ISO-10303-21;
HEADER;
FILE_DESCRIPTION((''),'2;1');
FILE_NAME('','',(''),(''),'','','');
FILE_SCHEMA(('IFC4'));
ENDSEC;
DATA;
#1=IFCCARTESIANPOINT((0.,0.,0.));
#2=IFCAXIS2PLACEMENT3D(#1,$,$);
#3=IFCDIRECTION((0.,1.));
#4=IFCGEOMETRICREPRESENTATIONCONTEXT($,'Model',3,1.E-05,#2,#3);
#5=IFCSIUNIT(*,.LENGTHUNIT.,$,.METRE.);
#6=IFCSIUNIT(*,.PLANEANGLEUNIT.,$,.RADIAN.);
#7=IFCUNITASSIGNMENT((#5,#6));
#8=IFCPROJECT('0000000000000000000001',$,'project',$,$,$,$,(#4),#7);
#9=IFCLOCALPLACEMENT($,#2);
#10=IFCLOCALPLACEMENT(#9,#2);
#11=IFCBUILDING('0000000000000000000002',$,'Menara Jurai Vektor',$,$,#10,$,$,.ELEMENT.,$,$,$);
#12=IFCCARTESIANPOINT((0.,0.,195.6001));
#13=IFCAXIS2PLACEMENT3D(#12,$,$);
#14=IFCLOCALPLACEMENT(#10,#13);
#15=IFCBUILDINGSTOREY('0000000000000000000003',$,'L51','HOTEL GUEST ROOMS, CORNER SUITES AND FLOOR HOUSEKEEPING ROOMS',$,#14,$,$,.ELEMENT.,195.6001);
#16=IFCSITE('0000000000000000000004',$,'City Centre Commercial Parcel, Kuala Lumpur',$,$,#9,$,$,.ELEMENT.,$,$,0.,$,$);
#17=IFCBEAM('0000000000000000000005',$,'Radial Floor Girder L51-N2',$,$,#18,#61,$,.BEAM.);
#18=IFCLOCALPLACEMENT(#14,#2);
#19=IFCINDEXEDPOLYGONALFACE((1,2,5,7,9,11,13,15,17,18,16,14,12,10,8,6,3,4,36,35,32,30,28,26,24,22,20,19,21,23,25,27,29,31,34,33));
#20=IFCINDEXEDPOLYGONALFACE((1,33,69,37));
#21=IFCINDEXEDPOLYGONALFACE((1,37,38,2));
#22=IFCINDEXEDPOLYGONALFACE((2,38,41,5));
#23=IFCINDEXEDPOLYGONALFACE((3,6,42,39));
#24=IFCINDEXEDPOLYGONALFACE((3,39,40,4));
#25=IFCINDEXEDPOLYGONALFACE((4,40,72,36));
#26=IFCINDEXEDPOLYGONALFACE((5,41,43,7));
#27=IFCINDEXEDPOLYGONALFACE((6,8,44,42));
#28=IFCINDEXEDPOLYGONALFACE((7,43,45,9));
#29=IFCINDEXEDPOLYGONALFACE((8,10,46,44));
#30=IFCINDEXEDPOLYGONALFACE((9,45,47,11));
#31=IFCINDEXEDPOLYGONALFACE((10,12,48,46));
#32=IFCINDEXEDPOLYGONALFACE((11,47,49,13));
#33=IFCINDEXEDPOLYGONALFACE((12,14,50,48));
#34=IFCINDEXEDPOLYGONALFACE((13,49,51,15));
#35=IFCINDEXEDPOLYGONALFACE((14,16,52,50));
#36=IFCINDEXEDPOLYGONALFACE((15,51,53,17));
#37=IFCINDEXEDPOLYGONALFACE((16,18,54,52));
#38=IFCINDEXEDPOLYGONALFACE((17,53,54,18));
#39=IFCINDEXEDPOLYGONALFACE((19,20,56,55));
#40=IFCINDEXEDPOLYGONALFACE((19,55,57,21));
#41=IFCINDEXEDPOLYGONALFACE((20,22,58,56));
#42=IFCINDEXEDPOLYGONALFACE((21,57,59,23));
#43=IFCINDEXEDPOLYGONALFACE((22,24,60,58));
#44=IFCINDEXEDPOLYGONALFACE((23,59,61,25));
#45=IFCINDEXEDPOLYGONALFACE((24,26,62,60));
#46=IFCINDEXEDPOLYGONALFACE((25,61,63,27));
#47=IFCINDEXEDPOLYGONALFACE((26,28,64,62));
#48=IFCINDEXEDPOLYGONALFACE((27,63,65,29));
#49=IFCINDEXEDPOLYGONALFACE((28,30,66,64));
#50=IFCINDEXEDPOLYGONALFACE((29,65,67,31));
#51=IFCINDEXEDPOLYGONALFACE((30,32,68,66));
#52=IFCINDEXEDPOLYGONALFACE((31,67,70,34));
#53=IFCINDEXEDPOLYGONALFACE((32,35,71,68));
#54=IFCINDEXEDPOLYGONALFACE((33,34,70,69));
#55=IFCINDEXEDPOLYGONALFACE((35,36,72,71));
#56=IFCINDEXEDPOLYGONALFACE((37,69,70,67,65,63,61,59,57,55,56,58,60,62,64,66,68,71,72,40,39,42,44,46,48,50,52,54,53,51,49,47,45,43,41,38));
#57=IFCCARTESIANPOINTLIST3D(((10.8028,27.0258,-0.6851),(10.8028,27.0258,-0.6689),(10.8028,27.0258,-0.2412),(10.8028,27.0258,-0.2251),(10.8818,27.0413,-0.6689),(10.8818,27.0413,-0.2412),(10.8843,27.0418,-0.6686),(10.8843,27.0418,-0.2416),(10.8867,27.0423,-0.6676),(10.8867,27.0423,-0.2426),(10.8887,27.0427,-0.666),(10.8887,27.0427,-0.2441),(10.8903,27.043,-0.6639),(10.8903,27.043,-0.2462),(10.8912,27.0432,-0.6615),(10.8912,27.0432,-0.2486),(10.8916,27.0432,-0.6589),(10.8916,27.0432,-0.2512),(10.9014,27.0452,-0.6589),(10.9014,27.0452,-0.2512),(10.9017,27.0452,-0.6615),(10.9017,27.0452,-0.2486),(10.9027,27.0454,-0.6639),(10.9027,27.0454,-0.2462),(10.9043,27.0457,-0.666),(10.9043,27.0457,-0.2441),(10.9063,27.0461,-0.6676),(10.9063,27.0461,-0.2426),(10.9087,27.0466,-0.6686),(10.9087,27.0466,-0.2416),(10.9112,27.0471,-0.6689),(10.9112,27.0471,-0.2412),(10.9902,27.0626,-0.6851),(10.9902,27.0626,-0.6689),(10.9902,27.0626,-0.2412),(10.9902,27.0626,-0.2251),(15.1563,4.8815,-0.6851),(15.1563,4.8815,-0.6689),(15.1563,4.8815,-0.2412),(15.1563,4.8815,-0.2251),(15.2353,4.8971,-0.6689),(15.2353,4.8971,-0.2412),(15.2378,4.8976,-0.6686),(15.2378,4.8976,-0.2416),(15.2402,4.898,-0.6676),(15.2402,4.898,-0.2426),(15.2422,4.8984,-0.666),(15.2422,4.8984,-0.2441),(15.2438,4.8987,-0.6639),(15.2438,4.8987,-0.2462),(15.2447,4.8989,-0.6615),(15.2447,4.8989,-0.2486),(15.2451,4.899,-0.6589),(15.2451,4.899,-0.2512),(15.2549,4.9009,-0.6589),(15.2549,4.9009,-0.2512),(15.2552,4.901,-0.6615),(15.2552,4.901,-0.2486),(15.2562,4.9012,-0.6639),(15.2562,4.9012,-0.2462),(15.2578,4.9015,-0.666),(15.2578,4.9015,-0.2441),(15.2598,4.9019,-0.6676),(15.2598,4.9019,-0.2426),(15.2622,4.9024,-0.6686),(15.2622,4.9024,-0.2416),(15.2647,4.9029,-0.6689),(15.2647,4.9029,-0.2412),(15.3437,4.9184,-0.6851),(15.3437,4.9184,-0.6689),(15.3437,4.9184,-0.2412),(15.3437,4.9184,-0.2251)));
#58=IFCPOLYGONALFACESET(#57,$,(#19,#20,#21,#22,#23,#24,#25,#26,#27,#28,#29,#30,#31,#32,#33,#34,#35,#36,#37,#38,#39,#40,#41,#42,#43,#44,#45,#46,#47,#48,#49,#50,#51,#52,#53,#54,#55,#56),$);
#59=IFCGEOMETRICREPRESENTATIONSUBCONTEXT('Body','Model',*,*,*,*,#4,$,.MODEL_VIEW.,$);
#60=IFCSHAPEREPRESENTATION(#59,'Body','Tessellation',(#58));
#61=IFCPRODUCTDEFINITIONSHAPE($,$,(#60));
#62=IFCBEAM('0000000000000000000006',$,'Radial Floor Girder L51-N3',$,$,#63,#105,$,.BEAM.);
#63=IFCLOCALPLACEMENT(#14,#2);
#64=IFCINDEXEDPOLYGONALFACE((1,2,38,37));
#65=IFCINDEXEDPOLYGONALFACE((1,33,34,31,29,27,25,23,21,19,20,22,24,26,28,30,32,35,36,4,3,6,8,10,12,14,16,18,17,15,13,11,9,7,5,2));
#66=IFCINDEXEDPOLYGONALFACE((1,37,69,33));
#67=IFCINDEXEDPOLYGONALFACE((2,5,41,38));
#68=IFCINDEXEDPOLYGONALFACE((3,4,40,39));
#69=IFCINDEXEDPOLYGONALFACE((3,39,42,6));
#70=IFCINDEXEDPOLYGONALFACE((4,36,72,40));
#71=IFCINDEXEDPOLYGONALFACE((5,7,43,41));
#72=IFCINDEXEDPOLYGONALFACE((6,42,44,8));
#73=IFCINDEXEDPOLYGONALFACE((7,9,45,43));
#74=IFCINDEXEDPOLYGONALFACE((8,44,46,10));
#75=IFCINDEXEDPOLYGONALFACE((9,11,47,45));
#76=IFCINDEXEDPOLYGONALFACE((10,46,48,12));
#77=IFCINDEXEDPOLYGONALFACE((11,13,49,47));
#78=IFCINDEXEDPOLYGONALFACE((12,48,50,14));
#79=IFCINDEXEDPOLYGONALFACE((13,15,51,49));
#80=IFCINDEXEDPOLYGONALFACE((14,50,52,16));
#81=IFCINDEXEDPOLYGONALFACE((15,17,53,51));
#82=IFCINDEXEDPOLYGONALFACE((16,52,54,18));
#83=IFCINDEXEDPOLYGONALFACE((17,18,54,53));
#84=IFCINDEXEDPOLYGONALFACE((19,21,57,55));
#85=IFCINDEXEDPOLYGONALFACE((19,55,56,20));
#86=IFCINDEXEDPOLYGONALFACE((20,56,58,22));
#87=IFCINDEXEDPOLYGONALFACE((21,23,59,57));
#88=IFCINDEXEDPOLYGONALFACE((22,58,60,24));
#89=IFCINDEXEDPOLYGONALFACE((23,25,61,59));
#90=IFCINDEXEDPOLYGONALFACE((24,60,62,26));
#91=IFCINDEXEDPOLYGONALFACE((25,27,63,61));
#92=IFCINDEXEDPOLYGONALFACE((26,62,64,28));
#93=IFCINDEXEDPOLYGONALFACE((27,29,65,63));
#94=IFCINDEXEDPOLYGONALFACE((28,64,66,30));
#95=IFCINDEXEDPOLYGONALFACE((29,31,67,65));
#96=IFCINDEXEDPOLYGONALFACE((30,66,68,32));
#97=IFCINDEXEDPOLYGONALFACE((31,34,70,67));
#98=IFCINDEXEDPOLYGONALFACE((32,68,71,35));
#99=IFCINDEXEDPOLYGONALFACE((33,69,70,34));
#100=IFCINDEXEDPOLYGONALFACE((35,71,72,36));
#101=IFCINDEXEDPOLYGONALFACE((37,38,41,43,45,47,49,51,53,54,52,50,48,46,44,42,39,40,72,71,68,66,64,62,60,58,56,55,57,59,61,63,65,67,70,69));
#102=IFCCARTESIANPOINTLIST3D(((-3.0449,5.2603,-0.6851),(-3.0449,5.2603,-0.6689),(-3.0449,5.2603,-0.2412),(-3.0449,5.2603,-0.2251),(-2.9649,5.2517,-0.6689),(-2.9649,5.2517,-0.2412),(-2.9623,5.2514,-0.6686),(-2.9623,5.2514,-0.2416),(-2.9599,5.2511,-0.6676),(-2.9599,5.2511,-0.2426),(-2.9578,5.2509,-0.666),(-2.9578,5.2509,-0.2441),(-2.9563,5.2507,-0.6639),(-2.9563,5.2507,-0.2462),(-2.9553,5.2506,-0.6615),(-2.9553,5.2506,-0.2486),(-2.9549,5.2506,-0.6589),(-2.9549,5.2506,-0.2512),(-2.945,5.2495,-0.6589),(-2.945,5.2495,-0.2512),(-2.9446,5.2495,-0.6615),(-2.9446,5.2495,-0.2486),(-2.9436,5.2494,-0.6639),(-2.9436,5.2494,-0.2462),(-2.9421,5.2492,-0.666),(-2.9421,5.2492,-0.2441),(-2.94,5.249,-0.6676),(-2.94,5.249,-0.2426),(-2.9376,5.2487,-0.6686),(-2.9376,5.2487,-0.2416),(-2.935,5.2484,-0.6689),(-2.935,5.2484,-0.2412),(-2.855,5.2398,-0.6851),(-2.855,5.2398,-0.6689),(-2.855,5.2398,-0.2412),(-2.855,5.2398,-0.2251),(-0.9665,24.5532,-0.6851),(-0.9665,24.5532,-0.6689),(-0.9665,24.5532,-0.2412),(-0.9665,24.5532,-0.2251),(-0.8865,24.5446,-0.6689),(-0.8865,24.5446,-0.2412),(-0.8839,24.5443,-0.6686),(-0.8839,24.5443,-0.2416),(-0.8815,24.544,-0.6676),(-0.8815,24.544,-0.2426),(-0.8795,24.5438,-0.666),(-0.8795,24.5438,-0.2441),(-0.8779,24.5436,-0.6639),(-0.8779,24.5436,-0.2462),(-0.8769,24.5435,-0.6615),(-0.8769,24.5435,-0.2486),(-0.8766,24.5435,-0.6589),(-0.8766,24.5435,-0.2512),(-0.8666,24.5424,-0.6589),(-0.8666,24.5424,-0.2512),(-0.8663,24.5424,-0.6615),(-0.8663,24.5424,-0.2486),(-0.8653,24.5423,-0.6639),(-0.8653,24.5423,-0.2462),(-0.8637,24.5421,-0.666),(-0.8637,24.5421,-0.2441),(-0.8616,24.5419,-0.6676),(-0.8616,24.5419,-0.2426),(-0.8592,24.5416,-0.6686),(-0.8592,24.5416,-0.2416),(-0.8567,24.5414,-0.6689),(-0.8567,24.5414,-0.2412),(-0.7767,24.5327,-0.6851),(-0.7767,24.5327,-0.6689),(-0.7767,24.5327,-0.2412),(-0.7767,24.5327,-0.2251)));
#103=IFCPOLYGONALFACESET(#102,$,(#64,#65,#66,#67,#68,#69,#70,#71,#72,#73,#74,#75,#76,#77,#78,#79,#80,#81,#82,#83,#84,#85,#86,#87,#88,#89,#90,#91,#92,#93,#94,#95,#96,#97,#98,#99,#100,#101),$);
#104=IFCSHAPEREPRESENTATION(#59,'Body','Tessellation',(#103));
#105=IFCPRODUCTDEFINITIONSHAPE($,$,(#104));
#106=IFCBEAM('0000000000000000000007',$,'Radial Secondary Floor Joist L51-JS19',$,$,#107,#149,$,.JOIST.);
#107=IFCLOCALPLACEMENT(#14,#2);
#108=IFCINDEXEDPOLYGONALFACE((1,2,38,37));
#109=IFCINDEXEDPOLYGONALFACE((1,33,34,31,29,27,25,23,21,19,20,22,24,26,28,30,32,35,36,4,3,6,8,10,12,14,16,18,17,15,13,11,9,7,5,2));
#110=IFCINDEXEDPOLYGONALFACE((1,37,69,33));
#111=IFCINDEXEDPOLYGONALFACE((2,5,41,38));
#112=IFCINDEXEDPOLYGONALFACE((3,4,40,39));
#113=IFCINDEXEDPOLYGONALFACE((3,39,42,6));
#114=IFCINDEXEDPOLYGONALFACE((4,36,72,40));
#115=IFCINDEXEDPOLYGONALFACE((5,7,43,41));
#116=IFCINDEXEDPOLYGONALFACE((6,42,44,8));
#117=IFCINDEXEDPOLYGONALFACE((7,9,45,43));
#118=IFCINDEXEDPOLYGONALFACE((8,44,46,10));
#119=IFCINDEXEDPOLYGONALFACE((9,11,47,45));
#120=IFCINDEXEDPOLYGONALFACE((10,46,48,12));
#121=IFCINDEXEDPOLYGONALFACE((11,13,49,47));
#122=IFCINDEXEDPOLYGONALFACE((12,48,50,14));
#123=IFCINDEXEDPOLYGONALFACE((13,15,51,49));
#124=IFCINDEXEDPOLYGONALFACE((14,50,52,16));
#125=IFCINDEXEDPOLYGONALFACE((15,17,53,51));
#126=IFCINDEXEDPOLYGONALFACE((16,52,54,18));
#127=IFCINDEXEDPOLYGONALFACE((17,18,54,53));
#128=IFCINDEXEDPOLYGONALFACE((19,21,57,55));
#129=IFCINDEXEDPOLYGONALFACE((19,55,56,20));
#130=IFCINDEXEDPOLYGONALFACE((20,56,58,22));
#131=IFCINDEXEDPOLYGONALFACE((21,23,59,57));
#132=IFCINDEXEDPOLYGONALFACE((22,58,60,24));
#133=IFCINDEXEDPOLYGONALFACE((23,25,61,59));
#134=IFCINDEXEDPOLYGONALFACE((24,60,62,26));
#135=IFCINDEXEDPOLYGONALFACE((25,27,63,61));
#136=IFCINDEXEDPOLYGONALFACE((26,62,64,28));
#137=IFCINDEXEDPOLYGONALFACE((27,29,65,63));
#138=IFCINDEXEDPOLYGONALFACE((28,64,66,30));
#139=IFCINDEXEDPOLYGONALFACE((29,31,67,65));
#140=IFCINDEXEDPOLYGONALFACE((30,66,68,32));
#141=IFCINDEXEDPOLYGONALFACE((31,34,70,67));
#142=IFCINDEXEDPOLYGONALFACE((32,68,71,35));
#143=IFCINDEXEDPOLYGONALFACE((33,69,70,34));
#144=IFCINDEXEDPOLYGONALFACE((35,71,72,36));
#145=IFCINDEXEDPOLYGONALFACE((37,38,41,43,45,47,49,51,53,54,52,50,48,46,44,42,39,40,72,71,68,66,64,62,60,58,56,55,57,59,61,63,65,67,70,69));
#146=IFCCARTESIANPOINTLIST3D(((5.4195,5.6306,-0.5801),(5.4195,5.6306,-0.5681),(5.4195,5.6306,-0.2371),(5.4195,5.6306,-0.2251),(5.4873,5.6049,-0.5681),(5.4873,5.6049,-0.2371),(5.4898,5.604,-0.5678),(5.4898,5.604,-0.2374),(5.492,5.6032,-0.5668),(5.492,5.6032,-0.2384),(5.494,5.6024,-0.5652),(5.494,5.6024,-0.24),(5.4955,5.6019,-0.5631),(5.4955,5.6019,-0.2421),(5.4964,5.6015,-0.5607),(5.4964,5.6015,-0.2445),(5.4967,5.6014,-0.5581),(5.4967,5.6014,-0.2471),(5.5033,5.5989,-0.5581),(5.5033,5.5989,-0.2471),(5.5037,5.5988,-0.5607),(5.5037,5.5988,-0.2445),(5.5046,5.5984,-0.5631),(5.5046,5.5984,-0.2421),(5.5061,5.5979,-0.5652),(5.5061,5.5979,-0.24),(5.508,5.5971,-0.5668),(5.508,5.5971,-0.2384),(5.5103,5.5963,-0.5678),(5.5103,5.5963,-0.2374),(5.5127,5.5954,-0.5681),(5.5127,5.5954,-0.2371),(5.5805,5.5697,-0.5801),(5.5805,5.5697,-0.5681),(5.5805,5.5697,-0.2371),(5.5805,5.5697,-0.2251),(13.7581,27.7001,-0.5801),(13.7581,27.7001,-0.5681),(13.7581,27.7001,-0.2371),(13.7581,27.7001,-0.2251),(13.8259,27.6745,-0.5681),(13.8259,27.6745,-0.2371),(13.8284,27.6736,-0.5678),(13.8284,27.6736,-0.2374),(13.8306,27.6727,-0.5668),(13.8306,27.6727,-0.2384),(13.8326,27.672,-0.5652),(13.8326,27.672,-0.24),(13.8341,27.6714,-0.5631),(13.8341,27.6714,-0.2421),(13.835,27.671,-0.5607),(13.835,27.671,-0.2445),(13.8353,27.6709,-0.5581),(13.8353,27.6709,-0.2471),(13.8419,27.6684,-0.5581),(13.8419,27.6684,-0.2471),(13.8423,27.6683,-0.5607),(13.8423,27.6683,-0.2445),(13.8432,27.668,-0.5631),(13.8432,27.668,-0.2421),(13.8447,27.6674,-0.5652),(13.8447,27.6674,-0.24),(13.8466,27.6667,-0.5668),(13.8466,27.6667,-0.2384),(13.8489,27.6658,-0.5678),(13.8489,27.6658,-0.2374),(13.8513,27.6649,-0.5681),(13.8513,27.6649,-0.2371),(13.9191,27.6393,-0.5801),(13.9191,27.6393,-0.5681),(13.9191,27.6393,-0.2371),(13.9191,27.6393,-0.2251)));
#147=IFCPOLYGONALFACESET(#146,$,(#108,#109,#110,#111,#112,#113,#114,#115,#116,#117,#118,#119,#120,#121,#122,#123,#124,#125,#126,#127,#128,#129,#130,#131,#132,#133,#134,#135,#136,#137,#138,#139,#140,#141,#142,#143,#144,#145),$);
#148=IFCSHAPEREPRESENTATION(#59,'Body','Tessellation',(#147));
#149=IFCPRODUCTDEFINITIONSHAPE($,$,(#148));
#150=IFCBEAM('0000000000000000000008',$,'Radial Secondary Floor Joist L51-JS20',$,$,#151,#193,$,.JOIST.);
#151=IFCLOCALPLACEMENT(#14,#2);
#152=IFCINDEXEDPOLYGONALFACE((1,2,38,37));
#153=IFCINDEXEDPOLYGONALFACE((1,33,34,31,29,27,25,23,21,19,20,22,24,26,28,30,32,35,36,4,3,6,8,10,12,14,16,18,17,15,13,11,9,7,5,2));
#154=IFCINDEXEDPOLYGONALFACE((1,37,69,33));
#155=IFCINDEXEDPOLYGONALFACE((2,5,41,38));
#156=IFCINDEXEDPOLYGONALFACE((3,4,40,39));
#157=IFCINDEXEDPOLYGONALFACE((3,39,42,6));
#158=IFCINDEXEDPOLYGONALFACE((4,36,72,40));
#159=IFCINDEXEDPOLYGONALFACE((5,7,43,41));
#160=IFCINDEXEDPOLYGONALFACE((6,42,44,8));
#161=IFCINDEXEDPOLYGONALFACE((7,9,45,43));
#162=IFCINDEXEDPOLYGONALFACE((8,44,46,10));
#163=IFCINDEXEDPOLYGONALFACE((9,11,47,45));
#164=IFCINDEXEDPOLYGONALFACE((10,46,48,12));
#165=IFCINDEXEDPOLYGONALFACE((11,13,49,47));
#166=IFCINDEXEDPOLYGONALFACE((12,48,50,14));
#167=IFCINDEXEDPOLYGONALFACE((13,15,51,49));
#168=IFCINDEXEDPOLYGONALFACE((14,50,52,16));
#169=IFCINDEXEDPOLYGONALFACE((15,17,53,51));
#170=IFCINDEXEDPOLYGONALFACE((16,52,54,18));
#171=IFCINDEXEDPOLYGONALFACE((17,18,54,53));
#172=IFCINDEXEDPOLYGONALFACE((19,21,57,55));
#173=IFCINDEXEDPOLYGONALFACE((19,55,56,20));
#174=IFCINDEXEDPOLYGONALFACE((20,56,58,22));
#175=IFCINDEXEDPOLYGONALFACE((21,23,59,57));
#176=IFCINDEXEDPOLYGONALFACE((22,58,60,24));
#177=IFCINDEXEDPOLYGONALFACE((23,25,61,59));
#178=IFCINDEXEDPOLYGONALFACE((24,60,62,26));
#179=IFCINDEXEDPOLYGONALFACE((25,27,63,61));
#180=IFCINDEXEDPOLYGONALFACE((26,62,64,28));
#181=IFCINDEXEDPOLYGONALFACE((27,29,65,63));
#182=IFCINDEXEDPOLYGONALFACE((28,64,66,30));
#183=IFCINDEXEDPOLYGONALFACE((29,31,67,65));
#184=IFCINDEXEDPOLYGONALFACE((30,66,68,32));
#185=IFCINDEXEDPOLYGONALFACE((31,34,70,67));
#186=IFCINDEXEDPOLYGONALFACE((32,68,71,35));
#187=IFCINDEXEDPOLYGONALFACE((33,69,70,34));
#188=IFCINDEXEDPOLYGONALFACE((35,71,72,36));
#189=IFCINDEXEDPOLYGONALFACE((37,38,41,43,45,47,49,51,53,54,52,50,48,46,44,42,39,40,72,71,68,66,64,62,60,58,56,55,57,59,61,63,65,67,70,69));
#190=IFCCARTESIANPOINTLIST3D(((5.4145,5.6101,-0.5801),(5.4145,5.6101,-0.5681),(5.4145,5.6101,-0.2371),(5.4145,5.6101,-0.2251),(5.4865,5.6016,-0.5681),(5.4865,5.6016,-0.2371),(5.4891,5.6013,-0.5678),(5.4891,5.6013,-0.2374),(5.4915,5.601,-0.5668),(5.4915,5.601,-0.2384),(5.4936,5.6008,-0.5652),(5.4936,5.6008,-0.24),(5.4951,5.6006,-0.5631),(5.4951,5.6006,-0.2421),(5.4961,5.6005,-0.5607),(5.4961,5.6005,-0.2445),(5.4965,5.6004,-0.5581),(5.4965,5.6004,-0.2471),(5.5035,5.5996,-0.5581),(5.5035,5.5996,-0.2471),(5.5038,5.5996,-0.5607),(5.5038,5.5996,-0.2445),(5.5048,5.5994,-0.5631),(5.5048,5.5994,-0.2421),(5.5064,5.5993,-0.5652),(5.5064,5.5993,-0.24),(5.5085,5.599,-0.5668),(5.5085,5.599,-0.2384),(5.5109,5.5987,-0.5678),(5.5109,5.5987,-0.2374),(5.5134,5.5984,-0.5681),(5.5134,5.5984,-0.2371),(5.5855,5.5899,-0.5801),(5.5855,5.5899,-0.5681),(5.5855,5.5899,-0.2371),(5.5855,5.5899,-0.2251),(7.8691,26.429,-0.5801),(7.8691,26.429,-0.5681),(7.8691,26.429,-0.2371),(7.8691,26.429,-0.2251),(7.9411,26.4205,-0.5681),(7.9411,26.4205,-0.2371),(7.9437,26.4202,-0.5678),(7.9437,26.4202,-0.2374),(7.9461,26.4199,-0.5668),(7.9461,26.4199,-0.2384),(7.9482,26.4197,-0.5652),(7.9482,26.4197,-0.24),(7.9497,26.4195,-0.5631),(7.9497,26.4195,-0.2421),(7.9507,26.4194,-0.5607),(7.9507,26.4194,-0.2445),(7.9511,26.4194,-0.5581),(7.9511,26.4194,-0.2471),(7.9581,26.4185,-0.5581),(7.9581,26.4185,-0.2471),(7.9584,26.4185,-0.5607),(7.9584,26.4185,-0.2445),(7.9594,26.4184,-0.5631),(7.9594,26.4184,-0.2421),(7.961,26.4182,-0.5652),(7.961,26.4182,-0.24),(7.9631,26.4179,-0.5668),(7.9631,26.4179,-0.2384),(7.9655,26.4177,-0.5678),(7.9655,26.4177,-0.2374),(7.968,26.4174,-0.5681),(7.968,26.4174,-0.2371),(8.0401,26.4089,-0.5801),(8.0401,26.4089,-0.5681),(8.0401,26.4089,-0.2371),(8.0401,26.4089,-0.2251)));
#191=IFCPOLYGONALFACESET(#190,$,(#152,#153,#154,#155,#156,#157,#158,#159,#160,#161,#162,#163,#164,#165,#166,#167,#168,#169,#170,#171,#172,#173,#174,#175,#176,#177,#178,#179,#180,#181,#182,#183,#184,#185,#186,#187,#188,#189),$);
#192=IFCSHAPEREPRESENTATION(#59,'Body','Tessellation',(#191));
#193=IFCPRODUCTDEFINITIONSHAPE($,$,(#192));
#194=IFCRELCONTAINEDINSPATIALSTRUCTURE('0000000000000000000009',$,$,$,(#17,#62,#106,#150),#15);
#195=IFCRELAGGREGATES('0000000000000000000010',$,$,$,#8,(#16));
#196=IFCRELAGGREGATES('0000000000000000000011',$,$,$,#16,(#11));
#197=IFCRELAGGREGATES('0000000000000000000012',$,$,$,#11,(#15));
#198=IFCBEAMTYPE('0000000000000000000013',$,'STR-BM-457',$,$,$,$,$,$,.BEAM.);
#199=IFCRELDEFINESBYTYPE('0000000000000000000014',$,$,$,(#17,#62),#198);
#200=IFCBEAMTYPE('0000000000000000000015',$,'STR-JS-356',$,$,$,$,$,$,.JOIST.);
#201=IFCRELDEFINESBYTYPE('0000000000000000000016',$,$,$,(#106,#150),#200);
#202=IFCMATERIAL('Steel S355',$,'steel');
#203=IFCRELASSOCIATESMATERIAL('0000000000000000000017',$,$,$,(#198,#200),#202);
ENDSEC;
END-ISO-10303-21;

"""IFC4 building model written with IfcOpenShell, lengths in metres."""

from ifc_helpers import new_model, si_unit, direction, frame, origin, origin_2d, place, context, subcontext, project, spatial, i_section, extrude, material, material_profile, profile_set, type_object, element, save


model = new_model("IFC4")

# Units and contexts
model_context = context("Model", 3, precision=1e-05, world=origin(), true_north=direction((0.0, 1.0)))
body_context = subcontext(model_context, "Body", "Model", "MODEL_VIEW")
ifc_project = project(units=[si_unit("LENGTHUNIT", "METRE"), si_unit("PLANEANGLEUNIT", "RADIAN")], contexts=[model_context])

# Site, building, storey
site_placement = place(None, origin())
site = spatial("IfcSite", under=ifc_project, at=site_placement, Name="City Centre Commercial Parcel, Kuala Lumpur", CompositionType="ELEMENT", RefElevation=0.0)
building_placement = place(site_placement, origin())
building = spatial("IfcBuilding", under=site, at=building_placement, Name="Menara Jurai Vektor", CompositionType="ELEMENT")
storey_placement = place(building_placement, frame((0.0, 0.0, 195.6001)))
storey = spatial("IfcBuildingStorey", under=building, at=storey_placement, Name="L51", Description="HOTEL GUEST ROOMS, CORNER SUITES AND FLOOR HOUSEKEEPING ROOMS", CompositionType="ELEMENT", Elevation=195.6001)

# Beams
ifc_material_1 = material(Name="Steel S355", Category="steel")
ifc_material_profile_1 = material_profile(ifc_material_1, i_section(OverallWidth=0.1909, OverallDepth=0.46, WebThickness=0.01, FlangeThickness=0.0161, FilletRadius=0.01, at=origin_2d()), Name="UKB 457x191x82")
ifc_profile_set_1 = profile_set([ifc_material_profile_1], Name="Steel S355")
beam_type_1 = type_object("IfcBeamType", Name="STR-BM-457", PredefinedType="BEAM", material=ifc_profile_set_1)
beam_1_placement = place(storey_placement, frame((10.8965, 27.0442, -0.4551), z_axis=(0.192905, -0.981217, 0.0), x_axis=(0.981217, 0.192905, 0.0)))
element("IfcBeam", 1, at=beam_1_placement, inside=storey, type_object=beam_type_1, Name="Radial Floor Girder L51-N2", PredefinedType="BEAM", context=body_context, shape_type="SweptSolid", body=[
    extrude(i_section(OverallWidth=0.1909, OverallDepth=0.46, WebThickness=0.01, FlangeThickness=0.0161, FilletRadius=0.01, at=origin_2d()), origin(), (0.0, 0.0, 1.0), 22.5681),
])
beam_2_placement = place(storey_placement, frame((-0.8716, 24.543, -0.4551), z_axis=(-0.107107, -0.994247, 0.0), x_axis=(0.994247, -0.107107, 0.0)))
element("IfcBeam", 2, at=beam_2_placement, inside=storey, type_object=beam_type_1, Name="Radial Floor Girder L51-N3", PredefinedType="BEAM", context=body_context, shape_type="SweptSolid", body=[
    extrude(i_section(OverallWidth=0.1909, OverallDepth=0.46, WebThickness=0.01, FlangeThickness=0.0161, FilletRadius=0.01, at=origin_2d()), origin(), (0.0, 0.0, 1.0), 19.4045),
])
ifc_material_profile_2 = material_profile(ifc_material_1, i_section(OverallWidth=0.1721, OverallDepth=0.355, WebThickness=0.0071, FlangeThickness=0.012, FilletRadius=0.01, at=origin_2d()), Name="UKB 356x171x51")
ifc_profile_set_2 = profile_set([ifc_material_profile_2], Name="Steel S355")
beam_type_2 = type_object("IfcBeamType", Name="STR-JS-356", PredefinedType="JOIST", material=ifc_profile_set_2)
beam_3_placement = place(storey_placement, frame((13.8386, 27.6697, -0.4026), z_axis=(-0.353446, -0.935455, 0.0), x_axis=(0.935455, -0.353446, 0.0)))
element("IfcBeam", 3, at=beam_3_placement, inside=storey, type_object=beam_type_2, Name="Radial Secondary Floor Joist L51-JS19", PredefinedType="JOIST", context=body_context, shape_type="SweptSolid", body=[
    extrude(i_section(OverallWidth=0.1721, OverallDepth=0.355, WebThickness=0.0071, FlangeThickness=0.012, FilletRadius=0.01, at=origin_2d()), origin(), (0.0, 0.0, 1.0), 23.5923),
])
beam_4_placement = place(storey_placement, frame((7.9546, 26.4189, -0.4026), z_axis=(-0.117091, -0.993121, 0.0), x_axis=(0.993121, -0.117091, 0.0)))
element("IfcBeam", 4, at=beam_4_placement, inside=storey, type_object=beam_type_2, Name="Radial Secondary Floor Joist L51-JS20", PredefinedType="JOIST", context=body_context, shape_type="SweptSolid", body=[
    extrude(i_section(OverallWidth=0.1721, OverallDepth=0.355, WebThickness=0.0071, FlangeThickness=0.012, FilletRadius=0.01, at=origin_2d()), origin(), (0.0, 0.0, 1.0), 20.9631),
])

save(model, "model.ifc")
